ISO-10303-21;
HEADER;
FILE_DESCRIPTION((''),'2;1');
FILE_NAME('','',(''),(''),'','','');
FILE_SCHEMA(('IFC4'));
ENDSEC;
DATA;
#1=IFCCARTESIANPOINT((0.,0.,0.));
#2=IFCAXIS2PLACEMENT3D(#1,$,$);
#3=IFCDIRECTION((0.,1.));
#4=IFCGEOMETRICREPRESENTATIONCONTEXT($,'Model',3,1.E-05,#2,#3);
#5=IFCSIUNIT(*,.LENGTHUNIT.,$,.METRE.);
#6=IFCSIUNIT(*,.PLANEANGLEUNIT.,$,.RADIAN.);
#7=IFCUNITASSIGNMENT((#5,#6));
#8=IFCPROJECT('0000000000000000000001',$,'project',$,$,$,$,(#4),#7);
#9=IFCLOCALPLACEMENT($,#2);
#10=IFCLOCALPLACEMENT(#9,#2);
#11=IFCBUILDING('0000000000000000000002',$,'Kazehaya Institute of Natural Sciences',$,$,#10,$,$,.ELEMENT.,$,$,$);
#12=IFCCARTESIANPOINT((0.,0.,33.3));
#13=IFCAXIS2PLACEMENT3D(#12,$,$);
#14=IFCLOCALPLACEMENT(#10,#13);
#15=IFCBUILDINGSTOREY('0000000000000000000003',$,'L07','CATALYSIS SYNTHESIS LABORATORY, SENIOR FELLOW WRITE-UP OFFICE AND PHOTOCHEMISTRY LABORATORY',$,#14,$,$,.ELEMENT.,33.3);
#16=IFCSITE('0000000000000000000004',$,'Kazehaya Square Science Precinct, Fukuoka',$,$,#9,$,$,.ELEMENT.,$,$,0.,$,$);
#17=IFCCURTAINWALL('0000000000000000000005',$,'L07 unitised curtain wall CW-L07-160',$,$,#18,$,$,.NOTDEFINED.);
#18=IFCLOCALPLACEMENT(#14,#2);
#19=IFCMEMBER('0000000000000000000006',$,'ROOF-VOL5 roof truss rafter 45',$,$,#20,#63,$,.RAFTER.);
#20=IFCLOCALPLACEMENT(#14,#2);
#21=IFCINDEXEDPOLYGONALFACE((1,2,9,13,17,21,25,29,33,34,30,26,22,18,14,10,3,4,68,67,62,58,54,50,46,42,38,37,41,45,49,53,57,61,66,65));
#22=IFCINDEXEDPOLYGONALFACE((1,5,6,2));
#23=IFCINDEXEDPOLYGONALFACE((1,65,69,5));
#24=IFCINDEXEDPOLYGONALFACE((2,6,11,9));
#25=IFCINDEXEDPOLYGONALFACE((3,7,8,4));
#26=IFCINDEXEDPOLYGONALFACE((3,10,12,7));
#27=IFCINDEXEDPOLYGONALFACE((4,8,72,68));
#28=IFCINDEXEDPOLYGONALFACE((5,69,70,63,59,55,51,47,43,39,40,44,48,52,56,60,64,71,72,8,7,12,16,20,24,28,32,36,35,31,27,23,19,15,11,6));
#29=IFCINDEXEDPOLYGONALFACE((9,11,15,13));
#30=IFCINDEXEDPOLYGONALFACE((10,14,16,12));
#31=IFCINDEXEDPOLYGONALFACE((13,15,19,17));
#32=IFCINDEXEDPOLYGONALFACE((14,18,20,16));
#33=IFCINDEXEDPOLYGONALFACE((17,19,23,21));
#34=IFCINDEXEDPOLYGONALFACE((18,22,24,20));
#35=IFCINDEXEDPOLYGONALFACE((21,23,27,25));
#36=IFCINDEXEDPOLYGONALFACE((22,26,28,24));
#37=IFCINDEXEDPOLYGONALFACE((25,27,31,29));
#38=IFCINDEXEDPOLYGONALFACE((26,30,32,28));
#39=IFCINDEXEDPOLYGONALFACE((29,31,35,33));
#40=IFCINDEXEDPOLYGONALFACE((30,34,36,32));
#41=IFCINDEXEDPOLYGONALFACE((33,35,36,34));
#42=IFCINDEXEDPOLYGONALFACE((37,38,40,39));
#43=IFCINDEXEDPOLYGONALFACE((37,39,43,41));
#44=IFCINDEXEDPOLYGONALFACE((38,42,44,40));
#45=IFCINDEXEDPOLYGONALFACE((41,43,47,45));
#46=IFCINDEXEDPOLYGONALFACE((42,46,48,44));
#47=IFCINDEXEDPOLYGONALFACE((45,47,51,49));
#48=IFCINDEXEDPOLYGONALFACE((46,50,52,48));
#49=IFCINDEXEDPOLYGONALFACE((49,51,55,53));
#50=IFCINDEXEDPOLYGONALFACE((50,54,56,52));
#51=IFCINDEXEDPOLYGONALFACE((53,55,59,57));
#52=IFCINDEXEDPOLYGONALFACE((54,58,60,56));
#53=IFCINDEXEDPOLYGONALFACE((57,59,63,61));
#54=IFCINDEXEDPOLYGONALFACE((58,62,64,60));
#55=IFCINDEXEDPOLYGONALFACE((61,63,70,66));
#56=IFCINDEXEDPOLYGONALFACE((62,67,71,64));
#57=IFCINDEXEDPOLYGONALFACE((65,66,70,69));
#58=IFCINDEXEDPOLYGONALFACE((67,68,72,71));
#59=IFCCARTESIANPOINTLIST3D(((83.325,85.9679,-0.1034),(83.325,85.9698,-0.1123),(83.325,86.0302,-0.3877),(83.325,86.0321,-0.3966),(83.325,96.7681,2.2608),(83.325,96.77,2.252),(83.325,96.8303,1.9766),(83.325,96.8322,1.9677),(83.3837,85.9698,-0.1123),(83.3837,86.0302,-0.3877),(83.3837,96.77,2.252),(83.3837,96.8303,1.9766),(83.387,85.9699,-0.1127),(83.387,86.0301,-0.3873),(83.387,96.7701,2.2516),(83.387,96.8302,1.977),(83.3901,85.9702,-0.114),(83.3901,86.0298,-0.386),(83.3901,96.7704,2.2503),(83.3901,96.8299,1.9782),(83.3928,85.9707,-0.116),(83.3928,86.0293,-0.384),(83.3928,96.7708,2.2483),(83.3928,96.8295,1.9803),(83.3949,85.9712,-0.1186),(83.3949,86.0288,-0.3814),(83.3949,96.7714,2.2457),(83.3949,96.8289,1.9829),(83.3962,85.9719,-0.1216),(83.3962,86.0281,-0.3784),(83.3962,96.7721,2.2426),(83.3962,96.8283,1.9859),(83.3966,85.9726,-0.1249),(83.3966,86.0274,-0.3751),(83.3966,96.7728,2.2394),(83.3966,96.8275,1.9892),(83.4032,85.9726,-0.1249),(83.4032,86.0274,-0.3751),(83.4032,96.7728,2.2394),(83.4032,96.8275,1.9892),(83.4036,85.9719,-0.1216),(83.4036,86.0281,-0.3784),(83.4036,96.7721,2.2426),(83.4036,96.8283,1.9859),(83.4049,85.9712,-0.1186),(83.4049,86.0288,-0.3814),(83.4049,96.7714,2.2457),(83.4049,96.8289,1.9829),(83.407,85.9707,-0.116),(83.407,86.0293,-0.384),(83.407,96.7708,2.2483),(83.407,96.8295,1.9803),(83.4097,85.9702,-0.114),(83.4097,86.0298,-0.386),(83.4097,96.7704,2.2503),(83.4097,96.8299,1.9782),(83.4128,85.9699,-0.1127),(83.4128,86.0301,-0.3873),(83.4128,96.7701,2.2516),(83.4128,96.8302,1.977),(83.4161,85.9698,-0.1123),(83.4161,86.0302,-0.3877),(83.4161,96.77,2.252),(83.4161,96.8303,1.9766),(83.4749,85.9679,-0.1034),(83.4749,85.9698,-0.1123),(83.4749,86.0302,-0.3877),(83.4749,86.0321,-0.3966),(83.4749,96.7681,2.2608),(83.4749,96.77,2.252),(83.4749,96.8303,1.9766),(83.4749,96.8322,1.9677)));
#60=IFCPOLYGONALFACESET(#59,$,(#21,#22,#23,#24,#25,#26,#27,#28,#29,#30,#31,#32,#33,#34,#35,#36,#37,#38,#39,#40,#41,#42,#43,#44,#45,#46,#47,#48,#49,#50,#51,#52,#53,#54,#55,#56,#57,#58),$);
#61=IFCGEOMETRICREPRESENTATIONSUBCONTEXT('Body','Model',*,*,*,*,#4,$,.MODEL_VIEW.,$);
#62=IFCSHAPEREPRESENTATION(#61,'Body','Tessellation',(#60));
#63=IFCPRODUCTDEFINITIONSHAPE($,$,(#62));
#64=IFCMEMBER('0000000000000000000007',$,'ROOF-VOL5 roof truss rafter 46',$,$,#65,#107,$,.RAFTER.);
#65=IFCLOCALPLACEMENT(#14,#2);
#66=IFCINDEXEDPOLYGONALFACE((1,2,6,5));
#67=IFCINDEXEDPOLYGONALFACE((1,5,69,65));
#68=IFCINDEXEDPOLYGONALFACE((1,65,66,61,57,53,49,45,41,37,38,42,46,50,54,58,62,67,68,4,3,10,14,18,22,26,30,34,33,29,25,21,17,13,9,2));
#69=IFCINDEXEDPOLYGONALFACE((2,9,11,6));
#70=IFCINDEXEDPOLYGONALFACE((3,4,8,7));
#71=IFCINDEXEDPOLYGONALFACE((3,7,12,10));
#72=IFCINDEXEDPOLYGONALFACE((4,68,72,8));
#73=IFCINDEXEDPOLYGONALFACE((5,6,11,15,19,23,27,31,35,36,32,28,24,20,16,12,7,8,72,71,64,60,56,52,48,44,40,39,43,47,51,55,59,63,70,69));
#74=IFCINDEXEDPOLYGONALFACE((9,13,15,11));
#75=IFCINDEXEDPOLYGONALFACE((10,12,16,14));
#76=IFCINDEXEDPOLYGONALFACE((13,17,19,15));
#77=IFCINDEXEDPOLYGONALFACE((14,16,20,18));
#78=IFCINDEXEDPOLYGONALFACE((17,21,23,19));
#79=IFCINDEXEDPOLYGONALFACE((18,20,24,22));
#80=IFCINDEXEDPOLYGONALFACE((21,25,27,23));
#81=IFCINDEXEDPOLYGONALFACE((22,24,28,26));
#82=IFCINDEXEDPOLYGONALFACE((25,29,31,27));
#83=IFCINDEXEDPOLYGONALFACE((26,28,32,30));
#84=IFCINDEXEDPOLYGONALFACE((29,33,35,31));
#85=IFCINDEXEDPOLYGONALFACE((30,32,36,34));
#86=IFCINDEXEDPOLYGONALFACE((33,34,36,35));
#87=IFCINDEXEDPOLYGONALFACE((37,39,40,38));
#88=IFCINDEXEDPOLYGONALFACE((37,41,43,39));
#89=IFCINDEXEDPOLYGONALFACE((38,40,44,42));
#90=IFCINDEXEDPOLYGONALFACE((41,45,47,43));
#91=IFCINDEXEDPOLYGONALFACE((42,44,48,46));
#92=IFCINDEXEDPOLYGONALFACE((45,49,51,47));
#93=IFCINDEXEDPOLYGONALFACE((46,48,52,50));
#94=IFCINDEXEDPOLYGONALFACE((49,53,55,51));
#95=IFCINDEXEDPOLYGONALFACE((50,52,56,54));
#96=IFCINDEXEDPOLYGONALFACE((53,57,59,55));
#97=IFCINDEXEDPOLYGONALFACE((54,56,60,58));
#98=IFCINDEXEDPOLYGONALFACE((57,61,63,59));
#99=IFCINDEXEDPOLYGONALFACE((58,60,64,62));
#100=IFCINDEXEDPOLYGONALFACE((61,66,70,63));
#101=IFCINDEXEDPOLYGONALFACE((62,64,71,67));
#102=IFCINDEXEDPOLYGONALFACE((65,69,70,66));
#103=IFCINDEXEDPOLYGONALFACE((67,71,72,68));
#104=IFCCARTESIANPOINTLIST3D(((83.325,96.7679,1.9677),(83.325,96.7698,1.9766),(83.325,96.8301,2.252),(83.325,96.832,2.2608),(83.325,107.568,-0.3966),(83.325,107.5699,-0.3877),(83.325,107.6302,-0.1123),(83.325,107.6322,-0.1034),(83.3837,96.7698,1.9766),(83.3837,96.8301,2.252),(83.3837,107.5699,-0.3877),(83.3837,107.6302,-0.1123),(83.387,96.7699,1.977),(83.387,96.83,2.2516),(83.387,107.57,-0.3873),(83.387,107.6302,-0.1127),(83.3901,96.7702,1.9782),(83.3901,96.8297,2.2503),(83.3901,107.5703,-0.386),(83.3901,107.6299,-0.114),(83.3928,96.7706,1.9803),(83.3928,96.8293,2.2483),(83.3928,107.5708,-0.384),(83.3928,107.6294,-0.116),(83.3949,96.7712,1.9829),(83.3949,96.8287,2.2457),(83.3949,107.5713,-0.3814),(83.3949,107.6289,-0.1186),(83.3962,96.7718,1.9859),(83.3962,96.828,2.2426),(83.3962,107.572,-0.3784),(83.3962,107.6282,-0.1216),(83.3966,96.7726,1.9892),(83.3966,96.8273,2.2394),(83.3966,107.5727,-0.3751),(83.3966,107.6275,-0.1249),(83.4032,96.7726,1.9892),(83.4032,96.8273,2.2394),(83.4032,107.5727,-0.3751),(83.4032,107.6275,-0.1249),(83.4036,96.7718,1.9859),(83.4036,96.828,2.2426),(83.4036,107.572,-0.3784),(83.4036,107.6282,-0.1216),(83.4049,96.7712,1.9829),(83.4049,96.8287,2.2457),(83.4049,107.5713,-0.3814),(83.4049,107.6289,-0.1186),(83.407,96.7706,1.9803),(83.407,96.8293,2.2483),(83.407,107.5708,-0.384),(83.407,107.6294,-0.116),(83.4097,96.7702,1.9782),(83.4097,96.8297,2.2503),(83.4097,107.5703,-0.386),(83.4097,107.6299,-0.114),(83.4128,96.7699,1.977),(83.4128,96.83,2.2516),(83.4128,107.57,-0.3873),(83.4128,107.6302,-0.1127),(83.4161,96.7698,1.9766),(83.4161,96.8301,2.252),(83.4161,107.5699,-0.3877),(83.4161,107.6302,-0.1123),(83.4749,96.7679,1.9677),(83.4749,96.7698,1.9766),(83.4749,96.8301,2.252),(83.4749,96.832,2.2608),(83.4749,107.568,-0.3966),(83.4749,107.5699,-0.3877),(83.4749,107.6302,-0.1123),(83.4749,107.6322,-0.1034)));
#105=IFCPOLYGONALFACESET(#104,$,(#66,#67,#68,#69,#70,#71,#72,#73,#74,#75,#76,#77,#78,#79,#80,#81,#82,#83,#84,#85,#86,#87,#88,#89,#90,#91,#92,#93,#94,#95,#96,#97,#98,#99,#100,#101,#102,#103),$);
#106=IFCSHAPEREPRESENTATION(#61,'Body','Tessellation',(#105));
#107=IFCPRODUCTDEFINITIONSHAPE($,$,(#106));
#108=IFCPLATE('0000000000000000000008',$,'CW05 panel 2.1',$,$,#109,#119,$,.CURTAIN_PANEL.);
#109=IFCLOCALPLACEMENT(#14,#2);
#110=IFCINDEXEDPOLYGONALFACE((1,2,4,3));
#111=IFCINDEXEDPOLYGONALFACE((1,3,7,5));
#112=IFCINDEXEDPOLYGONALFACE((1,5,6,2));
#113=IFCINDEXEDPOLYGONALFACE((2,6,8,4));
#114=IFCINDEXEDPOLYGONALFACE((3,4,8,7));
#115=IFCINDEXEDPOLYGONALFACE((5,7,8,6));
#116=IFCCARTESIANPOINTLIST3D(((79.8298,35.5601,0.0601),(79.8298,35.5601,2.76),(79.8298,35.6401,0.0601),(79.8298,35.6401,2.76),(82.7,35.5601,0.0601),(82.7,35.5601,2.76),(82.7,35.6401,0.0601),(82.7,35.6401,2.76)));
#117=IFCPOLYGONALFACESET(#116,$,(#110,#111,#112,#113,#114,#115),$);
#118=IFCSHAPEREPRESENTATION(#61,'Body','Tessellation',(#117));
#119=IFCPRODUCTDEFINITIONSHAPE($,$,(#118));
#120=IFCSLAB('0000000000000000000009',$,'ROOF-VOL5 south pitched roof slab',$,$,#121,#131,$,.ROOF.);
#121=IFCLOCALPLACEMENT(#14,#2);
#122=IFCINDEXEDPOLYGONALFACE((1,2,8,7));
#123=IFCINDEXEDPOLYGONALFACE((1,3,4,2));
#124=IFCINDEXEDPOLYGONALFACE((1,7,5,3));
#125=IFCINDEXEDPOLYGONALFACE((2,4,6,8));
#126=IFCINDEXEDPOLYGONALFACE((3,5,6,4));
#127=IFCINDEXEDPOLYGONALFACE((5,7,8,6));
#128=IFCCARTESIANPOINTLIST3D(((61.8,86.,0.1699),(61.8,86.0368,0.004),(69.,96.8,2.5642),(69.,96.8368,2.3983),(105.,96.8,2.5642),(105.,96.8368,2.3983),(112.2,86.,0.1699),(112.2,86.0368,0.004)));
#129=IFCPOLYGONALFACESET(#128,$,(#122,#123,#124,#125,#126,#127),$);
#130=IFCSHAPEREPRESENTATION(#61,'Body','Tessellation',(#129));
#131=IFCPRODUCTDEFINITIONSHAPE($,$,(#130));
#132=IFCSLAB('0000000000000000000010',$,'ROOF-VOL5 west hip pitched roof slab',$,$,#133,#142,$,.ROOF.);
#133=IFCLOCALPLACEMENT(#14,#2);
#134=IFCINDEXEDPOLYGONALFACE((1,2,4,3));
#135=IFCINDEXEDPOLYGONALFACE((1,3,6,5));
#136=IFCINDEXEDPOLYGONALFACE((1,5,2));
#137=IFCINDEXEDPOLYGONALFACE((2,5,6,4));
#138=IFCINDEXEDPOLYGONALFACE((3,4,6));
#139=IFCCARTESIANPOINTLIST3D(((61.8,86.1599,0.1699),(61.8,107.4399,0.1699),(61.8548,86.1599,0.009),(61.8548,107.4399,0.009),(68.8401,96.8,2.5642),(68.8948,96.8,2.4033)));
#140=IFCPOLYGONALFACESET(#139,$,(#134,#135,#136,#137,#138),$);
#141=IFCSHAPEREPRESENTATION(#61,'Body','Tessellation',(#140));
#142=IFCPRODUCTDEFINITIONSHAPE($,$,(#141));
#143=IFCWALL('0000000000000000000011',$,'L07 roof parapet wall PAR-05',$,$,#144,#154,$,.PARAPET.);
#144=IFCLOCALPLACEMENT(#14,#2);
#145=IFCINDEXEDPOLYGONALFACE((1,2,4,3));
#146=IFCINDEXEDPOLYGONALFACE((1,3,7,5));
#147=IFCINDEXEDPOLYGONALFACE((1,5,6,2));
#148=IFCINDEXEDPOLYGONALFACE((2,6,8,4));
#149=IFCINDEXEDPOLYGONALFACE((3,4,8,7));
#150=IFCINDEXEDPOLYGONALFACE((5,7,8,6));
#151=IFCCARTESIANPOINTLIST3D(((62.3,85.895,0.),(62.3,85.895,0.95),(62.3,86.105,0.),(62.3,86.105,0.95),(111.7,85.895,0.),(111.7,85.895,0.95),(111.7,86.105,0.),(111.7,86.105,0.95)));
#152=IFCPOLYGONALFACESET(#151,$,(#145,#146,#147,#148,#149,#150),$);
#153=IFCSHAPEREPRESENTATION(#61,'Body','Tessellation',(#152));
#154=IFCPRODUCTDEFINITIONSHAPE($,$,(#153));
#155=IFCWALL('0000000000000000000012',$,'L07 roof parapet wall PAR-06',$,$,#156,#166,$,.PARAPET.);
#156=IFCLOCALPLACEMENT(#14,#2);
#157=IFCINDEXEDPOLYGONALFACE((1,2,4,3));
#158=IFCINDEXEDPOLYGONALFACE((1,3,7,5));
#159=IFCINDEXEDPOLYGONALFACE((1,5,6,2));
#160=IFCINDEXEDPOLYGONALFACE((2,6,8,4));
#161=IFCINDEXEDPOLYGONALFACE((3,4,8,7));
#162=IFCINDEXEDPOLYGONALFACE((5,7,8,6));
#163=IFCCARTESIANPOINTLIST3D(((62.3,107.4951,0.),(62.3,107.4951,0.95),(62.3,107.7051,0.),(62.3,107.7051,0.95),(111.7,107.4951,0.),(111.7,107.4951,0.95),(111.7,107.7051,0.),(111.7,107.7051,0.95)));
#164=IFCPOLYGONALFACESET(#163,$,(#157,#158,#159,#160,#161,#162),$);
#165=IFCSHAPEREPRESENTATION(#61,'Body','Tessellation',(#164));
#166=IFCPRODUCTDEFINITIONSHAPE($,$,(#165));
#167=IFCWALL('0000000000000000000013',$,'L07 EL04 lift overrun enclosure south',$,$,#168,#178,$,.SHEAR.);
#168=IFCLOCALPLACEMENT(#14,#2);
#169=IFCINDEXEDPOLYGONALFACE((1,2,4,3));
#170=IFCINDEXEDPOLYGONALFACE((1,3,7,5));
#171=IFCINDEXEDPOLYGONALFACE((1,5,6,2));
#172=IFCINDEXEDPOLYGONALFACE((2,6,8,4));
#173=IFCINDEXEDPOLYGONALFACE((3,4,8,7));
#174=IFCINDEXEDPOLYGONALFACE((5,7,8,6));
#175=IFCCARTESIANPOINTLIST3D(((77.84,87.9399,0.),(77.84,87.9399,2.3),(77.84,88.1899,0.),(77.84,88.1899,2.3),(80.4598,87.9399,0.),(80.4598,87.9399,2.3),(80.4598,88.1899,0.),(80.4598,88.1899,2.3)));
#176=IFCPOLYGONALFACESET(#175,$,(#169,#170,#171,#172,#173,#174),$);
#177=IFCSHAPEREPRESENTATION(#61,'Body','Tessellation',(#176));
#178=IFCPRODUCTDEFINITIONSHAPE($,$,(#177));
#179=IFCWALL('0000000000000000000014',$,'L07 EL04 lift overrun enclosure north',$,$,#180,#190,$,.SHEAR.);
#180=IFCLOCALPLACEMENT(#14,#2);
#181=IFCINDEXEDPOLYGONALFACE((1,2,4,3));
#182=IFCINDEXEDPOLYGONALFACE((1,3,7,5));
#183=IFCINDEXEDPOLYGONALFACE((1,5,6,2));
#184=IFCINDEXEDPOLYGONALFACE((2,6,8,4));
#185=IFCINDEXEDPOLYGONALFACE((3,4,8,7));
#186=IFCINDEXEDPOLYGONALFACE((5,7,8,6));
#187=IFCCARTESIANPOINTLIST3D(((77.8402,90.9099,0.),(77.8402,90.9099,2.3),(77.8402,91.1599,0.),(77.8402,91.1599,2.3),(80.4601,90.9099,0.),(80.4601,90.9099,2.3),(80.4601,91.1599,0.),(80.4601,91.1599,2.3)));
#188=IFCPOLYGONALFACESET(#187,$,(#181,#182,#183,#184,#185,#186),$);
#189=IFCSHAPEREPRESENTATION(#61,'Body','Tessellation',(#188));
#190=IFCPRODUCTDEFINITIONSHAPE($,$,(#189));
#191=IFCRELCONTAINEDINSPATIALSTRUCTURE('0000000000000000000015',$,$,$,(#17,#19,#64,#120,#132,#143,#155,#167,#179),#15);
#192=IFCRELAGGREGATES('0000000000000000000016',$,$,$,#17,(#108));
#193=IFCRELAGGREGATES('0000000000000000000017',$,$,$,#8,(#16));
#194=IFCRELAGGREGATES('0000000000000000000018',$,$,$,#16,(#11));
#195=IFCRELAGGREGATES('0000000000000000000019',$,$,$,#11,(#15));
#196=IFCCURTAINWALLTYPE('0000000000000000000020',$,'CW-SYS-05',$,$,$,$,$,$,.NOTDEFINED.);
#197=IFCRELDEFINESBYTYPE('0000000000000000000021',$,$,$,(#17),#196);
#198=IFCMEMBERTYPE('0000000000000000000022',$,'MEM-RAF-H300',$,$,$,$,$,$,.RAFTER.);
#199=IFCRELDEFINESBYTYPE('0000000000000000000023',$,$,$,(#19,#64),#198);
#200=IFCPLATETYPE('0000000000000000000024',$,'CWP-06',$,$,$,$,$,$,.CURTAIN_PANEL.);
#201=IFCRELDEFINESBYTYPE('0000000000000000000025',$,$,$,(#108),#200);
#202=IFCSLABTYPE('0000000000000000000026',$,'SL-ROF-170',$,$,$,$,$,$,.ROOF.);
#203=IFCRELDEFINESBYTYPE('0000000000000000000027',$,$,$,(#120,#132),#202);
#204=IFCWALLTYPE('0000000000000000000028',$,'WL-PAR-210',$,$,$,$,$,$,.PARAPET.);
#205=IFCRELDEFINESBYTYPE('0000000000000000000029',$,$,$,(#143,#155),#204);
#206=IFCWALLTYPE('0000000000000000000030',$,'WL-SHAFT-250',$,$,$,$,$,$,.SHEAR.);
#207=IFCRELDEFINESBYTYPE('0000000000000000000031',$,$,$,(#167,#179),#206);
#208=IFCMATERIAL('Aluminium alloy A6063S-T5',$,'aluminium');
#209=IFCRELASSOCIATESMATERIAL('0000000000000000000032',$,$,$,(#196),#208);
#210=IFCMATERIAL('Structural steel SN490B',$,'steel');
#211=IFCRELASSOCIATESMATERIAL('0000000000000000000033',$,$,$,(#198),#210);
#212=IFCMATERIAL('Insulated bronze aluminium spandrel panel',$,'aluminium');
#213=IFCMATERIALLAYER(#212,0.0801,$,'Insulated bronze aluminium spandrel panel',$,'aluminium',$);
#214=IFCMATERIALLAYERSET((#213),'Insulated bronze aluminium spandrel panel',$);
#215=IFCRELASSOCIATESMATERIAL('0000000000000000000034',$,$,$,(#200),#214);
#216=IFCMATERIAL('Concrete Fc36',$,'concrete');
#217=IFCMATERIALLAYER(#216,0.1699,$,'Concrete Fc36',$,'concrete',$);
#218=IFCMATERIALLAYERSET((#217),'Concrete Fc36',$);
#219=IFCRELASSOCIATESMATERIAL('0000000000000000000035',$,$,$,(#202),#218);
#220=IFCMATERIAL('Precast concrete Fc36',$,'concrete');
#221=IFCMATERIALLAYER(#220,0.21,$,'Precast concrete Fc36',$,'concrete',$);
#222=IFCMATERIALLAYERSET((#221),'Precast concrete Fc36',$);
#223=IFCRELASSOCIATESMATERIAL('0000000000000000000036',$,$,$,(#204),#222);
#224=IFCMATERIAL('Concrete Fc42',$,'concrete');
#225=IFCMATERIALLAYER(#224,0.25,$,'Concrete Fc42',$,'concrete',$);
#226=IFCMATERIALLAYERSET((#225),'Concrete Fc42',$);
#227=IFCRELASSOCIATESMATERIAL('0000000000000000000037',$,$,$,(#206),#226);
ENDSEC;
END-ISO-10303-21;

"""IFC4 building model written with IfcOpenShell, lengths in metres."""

from ifc_helpers import new_model, si_unit, direction, frame, frame_2d, origin, origin_2d, place, context, subcontext, project, spatial, polyline, rectangle, i_section, outline, extrude, material, layer, layer_set, material_profile, profile_set, type_object, element, aggregate, save


model = new_model("IFC4")

# Units and contexts
model_context = context("Model", 3, precision=1e-05, world=origin(), true_north=direction((0.0, 1.0)))
body_context = subcontext(model_context, "Body", "Model", "MODEL_VIEW")
ifc_project = project(units=[si_unit("LENGTHUNIT", "METRE"), si_unit("PLANEANGLEUNIT", "RADIAN")], contexts=[model_context])

# Site, building, storey
site_placement = place(None, origin())
site = spatial("IfcSite", under=ifc_project, at=site_placement, Name="Kazehaya Square Science Precinct, Fukuoka", CompositionType="ELEMENT", RefElevation=0.0)
building_placement = place(site_placement, origin())
building = spatial("IfcBuilding", under=site, at=building_placement, Name="Kazehaya Institute of Natural Sciences", CompositionType="ELEMENT")
storey_placement = place(building_placement, frame((0.0, 0.0, 33.3)))
storey = spatial("IfcBuildingStorey", under=building, at=storey_placement, Name="L07", Description="CATALYSIS SYNTHESIS LABORATORY, SENIOR FELLOW WRITE-UP OFFICE AND PHOTOCHEMISTRY LABORATORY", CompositionType="ELEMENT", Elevation=33.3)

# Shared definitions
ifc_material_1 = material(Name="Concrete Fc36", Category="concrete")

# Shared definitions
ifc_material_2 = material(Name="Structural steel SN490B", Category="steel")

# Curtain wall
ifc_material_3 = material(Name="Aluminium alloy A6063S-T5", Category="aluminium")
curtain_wall_type = type_object("IfcCurtainWallType", Name="CW-SYS-05", PredefinedType="NOTDEFINED", material=ifc_material_3)
curtain_wall_1_placement = place(storey_placement, origin())
curtain_wall_1 = element("IfcCurtainWall", 1, at=curtain_wall_1_placement, inside=storey, type_object=curtain_wall_type, Name="L07 unitised curtain wall CW-L07-160", PredefinedType="NOTDEFINED")

# Members
ifc_material_profile_1 = material_profile(ifc_material_2, i_section(OverallWidth=0.1499, OverallDepth=0.3, WebThickness=0.0066, FlangeThickness=0.009, FilletRadius=0.0129, at=origin_2d()), Name="H-300x150x6.5x9")
ifc_profile_set_1 = profile_set([ifc_material_profile_1], Name="Structural steel SN490B")
member_type_1 = type_object("IfcMemberType", Name="MEM-RAF-H300", PredefinedType="RAFTER", material=ifc_profile_set_1)
for number, where, z_axis, x_axis, name in (
    (2, (83.3999, 86.0, -0.25), (0.0, 0.976867, 0.213848), (-1.0, 0.0, 0.0), "ROOF-VOL5 roof truss rafter 45"),
    (3, (83.3999, 107.6001, -0.25), (0.0, -0.976867, 0.213848), (1.0, 0.0, 0.0), "ROOF-VOL5 roof truss rafter 46"),
):
    element("IfcMember", number, at=place(storey_placement, frame(where, z_axis=z_axis, x_axis=x_axis)), inside=storey, type_object=member_type_1, Name=name, PredefinedType="RAFTER", context=body_context, shape_type="SweptSolid", body=[
        extrude(i_section(OverallWidth=0.1499, OverallDepth=0.3, WebThickness=0.0066, FlangeThickness=0.009, FilletRadius=0.0129, at=origin_2d()), origin(), (0.0, 0.0, 1.0), 11.0559),
    ])

# Plate
ifc_material_4 = material(Name="Insulated bronze aluminium spandrel panel", Category="aluminium")
ifc_layer_1 = layer(ifc_material_4, 0.0801, Name="Insulated bronze aluminium spandrel panel", Category="aluminium")
ifc_layer_set_1 = layer_set([ifc_layer_1], Name="Insulated bronze aluminium spandrel panel")
plate_type = type_object("IfcPlateType", Name="CWP-06", PredefinedType="CURTAIN_PANEL", material=ifc_layer_set_1)
plate_placement = place(storey_placement, frame((81.2649, 35.6001, 0.0601), z_axis=(0.0, 0.0, 1.0), x_axis=(1.0, 0.0, 0.0)))
plate = element("IfcPlate", 4, at=plate_placement, type_object=plate_type, Name="CW05 panel 2.1", PredefinedType="CURTAIN_PANEL", context=body_context, shape_type="SweptSolid", body=[
    extrude(rectangle(XDim=2.8701, YDim=0.0801, at=origin_2d()), origin(), (0.0, 0.0, 1.0), 2.7),
])
aggregate(curtain_wall_1, [plate])

# Slabs
ifc_layer_2 = layer(ifc_material_1, 0.1699, Name="Concrete Fc36", Category="concrete")
ifc_layer_set_2 = layer_set([ifc_layer_2], Name="Concrete Fc36")
slab_type = type_object("IfcSlabType", Name="SL-ROF-170", PredefinedType="ROOF", material=ifc_layer_set_2)
slab_1_placement = place(storey_placement, frame((61.8, 86.0, 0.1699), z_axis=(0.0, -0.216437, 0.976297), x_axis=(1.0, 0.0, 0.0)))
element("IfcSlab", 5, at=slab_1_placement, inside=storey, type_object=slab_type, Name="ROOF-VOL5 south pitched roof slab", PredefinedType="ROOF", context=body_context, shape_type="SweptSolid", body=[
    extrude(outline(polyline([(0.0, 0.0), (50.3999, 0.0), (43.2, 11.0623), (7.2, 11.0623), (0.0, 0.0)])), origin(), (0.0, 0.0, -1.0), 0.1699),
])
slab_2_placement = place(storey_placement, frame((61.8, 107.4399, 0.1699), z_axis=(-0.321984, 0.0, 0.946745), x_axis=(0.0, -1.0, 0.0)))
element("IfcSlab", 6, at=slab_2_placement, inside=storey, type_object=slab_type, Name="ROOF-VOL5 west hip pitched roof slab", PredefinedType="ROOF", context=body_context, shape_type="SweptSolid", body=[
    extrude(outline(polyline([(0.0, 0.0), (21.28, 0.0), (10.6399, 7.436), (0.0, 0.0)])), origin(), (0.0, 0.0, -1.0), 0.1699),
])

# Walls
ifc_material_5 = material(Name="Precast concrete Fc36", Category="concrete")
ifc_layer_3 = layer(ifc_material_5, 0.21, Name="Precast concrete Fc36", Category="concrete")
ifc_layer_set_3 = layer_set([ifc_layer_3], Name="Precast concrete Fc36")
wall_type_1 = type_object("IfcWallType", Name="WL-PAR-210", PredefinedType="PARAPET", material=ifc_layer_set_3)
for number, where, z_axis, x_axis, name in (
    (7, (62.3, 86.0, 0.0), (0.0, 0.0, 1.0), (1.0, 0.0, 0.0), "L07 roof parapet wall PAR-05"),
    (8, (62.3, 107.6001, 0.0), (0.0, 0.0, 1.0), (1.0, 0.0, 0.0), "L07 roof parapet wall PAR-06"),
):
    element("IfcWall", number, at=place(storey_placement, frame(where, z_axis=z_axis, x_axis=x_axis)), inside=storey, type_object=wall_type_1, Name=name, PredefinedType="PARAPET", context=body_context, shape_type="SweptSolid", body=[
        extrude(rectangle(XDim=49.3999, YDim=0.21, at=frame_2d((24.7, 0.0))), origin(), (0.0, 0.0, 1.0), 0.95),
    ])
ifc_material_6 = material(Name="Concrete Fc42", Category="concrete")
ifc_layer_4 = layer(ifc_material_6, 0.25, Name="Concrete Fc42", Category="concrete")
ifc_layer_set_4 = layer_set([ifc_layer_4], Name="Concrete Fc42")
wall_type_2 = type_object("IfcWallType", Name="WL-SHAFT-250", PredefinedType="SHEAR", material=ifc_layer_set_4)
for number, where, z_axis, x_axis, name in (
    (9, (80.46, 88.0649, 0.0), (0.0, 0.0, 1.0), (-1.0, 0.0, 0.0), "L07 EL04 lift overrun enclosure south"),
    (10, (77.8401, 91.0349, 0.0), (0.0, 0.0, 1.0), (1.0, 0.0, 0.0), "L07 EL04 lift overrun enclosure north"),
):
    element("IfcWall", number, at=place(storey_placement, frame(where, z_axis=z_axis, x_axis=x_axis)), inside=storey, type_object=wall_type_2, Name=name, PredefinedType="SHEAR", context=body_context, shape_type="SweptSolid", body=[
        extrude(rectangle(XDim=2.6199, YDim=0.25, at=frame_2d((1.3101, 0.0))), origin(), (0.0, 0.0, 1.0), 2.3),
    ])

save(model, "model.ifc")
